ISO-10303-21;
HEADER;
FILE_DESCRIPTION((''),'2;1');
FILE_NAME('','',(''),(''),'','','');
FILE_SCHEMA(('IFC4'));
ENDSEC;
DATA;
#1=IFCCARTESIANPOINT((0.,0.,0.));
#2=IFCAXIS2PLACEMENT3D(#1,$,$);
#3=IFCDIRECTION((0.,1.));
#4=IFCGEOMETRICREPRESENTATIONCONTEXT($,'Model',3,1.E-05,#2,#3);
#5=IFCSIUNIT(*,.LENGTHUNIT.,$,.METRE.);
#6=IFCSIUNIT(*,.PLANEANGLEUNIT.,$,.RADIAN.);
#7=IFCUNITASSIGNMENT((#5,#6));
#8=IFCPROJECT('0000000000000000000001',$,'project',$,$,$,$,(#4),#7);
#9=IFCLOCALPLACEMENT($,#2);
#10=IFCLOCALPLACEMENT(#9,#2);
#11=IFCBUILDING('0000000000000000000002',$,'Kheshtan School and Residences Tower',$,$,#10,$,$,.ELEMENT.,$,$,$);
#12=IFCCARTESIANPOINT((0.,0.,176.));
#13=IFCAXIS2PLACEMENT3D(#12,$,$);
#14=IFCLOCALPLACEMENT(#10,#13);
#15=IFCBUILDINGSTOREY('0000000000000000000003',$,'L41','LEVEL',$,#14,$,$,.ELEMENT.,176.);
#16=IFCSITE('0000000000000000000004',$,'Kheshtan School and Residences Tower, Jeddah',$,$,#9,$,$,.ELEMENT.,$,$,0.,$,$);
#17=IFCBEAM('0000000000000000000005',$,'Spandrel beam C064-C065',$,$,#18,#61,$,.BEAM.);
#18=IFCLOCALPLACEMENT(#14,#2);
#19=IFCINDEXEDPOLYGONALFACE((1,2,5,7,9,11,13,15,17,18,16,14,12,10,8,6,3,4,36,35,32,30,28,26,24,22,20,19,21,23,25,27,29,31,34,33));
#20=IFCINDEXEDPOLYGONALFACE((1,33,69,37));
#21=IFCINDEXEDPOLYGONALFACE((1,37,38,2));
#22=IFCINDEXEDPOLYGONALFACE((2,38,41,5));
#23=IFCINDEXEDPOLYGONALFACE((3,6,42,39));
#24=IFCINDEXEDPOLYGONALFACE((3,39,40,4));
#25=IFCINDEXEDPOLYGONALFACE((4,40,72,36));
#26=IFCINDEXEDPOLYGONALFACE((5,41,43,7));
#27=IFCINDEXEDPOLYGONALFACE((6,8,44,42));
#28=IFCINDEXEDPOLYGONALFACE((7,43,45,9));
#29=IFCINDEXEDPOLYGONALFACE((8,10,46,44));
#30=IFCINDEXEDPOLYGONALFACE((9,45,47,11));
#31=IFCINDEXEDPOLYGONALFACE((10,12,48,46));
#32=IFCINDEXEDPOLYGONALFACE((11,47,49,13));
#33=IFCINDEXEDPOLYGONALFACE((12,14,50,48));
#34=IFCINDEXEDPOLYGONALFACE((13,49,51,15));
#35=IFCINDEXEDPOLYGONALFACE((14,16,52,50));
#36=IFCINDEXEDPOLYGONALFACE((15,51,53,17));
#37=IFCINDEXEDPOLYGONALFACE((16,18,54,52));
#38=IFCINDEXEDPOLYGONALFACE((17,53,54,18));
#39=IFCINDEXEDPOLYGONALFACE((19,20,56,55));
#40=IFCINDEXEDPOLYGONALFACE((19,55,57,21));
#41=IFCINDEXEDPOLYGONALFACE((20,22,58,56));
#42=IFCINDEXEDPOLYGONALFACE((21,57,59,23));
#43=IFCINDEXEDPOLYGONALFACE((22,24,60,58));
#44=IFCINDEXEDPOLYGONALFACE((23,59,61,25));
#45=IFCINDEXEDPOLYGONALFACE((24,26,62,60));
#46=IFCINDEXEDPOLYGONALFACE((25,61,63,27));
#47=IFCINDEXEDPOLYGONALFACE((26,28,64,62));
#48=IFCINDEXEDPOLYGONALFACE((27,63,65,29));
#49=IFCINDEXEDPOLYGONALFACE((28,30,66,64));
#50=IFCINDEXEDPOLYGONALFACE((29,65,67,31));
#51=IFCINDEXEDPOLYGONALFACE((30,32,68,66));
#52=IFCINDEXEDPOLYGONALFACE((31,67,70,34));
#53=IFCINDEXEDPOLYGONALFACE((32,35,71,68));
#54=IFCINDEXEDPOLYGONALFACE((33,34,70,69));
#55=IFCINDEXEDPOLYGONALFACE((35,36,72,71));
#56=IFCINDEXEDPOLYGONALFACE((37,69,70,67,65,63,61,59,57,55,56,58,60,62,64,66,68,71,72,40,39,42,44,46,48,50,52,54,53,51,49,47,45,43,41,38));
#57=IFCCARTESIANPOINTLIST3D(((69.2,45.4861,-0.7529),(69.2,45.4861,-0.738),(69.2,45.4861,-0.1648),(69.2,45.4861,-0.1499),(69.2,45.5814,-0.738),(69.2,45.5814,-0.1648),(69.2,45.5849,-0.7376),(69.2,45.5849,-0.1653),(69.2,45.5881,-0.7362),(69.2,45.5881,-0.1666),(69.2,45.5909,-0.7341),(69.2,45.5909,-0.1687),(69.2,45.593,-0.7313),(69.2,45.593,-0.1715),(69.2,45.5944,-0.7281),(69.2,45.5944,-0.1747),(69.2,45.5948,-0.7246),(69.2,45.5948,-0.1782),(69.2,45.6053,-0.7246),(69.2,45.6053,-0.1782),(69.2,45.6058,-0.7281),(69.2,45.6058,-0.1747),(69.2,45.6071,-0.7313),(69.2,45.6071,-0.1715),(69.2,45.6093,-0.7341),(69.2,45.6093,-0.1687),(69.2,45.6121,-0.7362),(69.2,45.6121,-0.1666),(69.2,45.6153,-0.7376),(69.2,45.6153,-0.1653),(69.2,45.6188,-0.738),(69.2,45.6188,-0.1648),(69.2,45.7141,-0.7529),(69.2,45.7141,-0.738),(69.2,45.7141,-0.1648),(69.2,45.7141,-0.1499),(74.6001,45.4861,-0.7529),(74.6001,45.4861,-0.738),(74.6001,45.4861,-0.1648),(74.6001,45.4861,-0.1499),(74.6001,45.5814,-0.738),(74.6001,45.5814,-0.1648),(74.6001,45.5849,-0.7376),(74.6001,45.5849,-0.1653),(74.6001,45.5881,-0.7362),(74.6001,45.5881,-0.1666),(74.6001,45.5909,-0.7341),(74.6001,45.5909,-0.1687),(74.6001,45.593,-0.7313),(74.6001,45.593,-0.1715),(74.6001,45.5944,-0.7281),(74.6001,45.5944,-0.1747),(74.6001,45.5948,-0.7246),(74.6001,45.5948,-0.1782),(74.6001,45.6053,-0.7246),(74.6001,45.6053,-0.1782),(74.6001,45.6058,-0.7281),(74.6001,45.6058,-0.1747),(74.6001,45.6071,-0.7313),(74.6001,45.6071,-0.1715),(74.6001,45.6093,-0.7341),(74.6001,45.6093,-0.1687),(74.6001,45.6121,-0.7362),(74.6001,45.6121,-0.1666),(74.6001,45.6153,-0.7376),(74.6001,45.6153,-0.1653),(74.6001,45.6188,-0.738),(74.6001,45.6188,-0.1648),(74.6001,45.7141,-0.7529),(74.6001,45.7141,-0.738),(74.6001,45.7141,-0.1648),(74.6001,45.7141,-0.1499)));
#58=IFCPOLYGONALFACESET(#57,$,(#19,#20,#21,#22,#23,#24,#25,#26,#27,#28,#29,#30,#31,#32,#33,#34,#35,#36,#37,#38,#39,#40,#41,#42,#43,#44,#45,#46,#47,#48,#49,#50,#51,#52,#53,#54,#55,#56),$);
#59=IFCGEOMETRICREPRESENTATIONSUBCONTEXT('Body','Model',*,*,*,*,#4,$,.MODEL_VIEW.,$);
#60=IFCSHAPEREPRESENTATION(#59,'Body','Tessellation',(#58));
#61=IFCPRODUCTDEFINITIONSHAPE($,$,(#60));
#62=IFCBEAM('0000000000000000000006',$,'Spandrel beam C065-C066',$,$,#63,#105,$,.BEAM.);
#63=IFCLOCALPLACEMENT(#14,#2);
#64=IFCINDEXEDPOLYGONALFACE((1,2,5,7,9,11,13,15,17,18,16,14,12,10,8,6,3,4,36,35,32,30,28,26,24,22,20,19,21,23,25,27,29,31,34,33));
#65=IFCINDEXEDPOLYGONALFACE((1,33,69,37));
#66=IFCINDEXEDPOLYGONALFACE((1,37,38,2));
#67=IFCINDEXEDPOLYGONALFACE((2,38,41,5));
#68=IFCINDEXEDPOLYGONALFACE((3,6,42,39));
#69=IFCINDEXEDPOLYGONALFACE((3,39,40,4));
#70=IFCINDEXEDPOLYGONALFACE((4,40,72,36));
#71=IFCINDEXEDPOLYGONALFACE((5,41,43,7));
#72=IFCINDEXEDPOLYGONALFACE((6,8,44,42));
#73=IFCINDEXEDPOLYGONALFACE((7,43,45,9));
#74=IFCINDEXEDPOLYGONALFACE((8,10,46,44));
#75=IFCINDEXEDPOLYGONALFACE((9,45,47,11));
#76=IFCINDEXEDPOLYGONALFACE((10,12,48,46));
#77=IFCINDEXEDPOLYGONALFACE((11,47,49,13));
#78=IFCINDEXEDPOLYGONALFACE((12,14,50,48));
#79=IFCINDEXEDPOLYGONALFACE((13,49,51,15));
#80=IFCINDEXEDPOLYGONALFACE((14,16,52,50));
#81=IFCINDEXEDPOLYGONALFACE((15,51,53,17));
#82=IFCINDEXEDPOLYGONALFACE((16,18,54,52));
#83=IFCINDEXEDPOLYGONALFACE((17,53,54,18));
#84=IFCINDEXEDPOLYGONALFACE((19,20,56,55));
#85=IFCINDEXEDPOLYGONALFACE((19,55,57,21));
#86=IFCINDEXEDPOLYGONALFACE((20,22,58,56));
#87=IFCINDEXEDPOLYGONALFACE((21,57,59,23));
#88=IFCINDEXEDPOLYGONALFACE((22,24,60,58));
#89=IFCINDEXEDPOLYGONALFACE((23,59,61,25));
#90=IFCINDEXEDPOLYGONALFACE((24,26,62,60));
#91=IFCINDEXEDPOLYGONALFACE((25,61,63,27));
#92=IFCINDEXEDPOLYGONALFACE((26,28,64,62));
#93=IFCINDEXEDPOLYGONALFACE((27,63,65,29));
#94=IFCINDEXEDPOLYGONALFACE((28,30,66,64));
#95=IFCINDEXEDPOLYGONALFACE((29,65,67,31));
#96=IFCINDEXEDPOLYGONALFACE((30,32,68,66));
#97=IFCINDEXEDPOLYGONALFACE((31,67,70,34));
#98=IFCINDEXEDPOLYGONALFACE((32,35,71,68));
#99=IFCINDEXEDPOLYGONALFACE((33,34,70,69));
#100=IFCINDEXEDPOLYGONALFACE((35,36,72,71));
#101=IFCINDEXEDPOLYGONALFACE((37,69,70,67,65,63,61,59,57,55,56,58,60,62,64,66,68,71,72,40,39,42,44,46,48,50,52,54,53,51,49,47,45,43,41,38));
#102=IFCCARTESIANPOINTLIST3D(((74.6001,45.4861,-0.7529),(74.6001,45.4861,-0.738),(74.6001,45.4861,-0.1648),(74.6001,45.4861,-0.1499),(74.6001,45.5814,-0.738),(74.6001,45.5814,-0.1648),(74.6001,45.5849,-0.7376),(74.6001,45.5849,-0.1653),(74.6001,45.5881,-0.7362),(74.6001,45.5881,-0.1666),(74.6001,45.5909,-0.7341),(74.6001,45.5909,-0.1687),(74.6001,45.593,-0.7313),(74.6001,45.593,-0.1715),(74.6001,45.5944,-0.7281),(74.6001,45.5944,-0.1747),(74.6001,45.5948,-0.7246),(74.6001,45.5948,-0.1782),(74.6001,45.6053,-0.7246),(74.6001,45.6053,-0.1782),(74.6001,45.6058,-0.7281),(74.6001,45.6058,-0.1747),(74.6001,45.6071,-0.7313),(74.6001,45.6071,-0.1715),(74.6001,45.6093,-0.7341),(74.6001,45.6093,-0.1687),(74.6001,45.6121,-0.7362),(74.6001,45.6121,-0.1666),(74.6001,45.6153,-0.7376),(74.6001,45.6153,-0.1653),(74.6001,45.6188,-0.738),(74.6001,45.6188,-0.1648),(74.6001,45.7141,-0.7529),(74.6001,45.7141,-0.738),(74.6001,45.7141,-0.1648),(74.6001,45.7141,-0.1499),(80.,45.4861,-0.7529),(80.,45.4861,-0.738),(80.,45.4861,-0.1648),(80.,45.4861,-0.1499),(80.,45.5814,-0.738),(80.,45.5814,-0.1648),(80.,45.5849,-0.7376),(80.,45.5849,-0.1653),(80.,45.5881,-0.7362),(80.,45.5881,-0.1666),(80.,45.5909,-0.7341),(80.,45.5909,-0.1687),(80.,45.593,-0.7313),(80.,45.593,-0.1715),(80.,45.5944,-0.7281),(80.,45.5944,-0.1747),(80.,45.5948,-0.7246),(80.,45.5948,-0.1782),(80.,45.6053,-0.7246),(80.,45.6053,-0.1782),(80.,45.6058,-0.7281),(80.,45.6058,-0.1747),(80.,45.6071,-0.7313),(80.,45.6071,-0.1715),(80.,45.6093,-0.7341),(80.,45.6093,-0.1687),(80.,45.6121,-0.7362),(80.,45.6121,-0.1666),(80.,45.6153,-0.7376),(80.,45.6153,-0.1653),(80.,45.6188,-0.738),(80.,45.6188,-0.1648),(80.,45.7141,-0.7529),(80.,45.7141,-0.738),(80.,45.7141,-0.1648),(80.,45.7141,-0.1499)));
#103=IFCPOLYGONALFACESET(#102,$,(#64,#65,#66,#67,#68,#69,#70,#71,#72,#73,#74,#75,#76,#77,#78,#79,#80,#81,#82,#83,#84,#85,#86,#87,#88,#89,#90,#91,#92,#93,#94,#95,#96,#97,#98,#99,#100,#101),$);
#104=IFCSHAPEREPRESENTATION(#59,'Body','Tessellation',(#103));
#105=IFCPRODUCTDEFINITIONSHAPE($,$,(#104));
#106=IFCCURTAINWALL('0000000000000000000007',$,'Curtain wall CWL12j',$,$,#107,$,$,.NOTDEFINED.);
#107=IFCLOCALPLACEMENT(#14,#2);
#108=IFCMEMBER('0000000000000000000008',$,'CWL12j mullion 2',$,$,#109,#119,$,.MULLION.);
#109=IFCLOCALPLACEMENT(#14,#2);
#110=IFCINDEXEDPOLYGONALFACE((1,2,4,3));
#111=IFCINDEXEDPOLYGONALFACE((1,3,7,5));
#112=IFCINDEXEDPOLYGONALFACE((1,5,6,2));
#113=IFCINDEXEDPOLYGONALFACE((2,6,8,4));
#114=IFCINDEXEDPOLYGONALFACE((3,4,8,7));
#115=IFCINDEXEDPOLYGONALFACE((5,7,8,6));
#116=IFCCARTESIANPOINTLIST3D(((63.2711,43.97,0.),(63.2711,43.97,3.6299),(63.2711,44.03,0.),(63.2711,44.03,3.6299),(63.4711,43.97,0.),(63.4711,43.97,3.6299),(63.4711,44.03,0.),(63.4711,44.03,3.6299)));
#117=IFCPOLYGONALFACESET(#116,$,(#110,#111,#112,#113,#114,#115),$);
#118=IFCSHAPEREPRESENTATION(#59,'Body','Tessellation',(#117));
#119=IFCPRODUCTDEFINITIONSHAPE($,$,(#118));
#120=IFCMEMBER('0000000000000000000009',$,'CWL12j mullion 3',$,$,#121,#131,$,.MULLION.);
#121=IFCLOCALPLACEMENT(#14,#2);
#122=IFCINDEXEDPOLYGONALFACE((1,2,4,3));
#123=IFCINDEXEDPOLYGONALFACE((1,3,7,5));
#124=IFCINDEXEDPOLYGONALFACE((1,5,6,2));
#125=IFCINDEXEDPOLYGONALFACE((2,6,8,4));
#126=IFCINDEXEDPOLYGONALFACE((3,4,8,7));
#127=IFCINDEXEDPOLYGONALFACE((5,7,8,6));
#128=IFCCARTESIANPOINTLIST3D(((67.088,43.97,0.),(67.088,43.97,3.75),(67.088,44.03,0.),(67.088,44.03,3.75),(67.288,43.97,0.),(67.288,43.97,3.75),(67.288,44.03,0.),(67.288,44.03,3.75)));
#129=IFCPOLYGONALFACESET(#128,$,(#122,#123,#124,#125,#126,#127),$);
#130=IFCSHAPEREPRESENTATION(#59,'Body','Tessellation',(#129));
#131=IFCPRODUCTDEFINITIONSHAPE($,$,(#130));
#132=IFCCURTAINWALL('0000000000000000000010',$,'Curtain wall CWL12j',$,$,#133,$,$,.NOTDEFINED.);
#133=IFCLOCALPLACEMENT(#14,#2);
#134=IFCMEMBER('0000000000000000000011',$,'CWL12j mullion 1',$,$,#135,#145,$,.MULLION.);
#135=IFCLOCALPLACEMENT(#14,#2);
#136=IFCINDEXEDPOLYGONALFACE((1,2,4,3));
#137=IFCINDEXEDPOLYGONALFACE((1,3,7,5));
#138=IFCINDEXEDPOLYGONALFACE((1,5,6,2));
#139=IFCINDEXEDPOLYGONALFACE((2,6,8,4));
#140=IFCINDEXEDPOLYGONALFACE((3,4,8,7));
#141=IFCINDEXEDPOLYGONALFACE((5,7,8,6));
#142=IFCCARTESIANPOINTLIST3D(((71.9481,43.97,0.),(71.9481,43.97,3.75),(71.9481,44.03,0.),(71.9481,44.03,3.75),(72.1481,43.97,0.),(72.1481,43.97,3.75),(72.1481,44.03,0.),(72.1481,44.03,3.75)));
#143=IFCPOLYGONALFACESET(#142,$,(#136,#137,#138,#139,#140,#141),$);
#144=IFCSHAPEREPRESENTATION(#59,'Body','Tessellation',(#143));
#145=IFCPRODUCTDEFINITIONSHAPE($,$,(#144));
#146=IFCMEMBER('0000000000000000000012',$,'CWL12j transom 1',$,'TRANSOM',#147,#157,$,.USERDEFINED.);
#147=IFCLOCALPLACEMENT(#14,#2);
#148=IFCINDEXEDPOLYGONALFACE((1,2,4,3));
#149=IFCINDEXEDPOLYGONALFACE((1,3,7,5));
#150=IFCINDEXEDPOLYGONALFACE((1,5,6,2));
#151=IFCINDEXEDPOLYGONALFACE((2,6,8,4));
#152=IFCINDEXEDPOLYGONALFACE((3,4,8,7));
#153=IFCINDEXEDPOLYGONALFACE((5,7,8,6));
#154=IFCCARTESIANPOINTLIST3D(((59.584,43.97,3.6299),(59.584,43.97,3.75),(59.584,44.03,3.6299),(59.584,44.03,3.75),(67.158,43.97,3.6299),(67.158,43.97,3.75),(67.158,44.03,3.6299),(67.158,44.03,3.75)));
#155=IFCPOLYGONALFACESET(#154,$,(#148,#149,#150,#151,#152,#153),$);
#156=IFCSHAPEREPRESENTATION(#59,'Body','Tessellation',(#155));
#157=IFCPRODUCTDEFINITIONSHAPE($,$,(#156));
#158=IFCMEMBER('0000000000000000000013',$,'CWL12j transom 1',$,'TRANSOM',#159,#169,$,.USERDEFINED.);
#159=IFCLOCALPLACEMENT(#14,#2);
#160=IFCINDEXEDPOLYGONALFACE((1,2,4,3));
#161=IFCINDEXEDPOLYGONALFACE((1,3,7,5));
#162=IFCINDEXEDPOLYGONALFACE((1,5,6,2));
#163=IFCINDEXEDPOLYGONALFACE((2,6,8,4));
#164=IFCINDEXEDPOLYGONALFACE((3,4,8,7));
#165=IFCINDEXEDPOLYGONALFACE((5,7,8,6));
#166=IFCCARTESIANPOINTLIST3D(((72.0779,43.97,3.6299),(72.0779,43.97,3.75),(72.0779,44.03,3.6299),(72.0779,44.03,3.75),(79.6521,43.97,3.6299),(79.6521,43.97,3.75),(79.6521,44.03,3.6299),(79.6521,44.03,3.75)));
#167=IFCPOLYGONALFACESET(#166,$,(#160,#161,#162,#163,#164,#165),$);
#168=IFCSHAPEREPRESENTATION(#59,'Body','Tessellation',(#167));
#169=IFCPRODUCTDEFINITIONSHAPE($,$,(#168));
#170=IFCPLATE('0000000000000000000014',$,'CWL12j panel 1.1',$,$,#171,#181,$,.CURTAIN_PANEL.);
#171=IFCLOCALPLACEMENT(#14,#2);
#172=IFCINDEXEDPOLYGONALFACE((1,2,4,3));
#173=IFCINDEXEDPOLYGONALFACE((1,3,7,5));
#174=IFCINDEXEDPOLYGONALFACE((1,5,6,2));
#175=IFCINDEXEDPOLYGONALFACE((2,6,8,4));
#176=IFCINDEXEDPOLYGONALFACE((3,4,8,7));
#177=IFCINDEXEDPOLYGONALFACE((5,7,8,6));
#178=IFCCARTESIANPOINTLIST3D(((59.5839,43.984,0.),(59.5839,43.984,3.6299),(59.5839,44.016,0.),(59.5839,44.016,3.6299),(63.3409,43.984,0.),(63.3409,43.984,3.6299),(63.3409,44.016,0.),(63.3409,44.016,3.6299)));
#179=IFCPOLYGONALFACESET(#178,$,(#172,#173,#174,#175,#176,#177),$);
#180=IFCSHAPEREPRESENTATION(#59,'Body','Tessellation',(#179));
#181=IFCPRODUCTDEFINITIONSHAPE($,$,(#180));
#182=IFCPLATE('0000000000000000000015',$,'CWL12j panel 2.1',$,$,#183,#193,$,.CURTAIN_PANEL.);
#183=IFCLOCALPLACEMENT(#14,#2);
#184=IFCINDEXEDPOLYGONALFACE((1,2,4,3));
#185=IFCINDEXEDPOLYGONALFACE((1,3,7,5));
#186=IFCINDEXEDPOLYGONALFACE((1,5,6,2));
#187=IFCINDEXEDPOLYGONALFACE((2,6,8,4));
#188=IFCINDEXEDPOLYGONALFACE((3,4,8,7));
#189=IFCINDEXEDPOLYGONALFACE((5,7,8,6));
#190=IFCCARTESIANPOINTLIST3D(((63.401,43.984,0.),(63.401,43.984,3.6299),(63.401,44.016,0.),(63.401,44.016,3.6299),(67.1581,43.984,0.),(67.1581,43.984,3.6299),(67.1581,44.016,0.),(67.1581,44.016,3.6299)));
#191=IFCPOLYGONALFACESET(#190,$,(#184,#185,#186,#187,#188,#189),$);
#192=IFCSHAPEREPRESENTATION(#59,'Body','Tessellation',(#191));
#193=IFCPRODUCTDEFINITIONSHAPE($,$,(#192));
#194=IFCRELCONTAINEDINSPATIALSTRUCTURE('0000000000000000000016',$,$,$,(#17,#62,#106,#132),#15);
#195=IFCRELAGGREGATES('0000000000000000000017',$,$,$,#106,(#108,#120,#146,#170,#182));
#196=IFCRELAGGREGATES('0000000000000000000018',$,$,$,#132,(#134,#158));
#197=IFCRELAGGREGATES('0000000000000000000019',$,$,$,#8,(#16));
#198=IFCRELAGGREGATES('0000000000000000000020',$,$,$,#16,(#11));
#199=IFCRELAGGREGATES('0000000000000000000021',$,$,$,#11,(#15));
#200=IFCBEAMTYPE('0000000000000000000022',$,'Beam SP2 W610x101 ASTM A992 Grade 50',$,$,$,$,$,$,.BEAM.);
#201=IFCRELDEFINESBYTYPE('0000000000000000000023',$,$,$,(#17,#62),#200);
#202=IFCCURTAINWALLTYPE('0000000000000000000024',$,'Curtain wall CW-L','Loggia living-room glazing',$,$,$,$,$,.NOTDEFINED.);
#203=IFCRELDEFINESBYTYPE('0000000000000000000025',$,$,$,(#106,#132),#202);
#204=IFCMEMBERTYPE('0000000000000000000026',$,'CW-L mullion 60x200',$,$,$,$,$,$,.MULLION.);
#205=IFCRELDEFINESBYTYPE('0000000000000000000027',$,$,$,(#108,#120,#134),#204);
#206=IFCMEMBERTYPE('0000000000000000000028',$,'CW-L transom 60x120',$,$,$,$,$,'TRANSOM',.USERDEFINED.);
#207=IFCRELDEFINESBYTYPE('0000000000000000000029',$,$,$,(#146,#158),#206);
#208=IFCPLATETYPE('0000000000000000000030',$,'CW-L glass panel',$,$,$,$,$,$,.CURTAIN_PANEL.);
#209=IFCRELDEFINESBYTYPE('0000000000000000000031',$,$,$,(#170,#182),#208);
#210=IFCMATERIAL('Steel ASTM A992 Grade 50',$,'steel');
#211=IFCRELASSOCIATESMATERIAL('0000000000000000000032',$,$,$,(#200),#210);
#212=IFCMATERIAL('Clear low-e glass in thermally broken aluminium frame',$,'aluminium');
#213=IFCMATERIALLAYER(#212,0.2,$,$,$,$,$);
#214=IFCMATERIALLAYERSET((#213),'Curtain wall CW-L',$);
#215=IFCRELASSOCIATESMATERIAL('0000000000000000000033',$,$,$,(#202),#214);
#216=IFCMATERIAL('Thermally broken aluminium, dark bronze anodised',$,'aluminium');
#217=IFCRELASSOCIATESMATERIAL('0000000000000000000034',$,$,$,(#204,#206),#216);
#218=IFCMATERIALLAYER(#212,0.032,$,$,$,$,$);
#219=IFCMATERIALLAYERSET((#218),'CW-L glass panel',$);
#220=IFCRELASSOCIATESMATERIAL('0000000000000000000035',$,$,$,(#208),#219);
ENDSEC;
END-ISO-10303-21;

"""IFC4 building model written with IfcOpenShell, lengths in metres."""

from ifc_helpers import new_model, si_unit, direction, frame, origin, origin_2d, place, context, subcontext, project, spatial, rectangle, i_section, extrude, material, layer, layer_set, material_profile, profile_set, type_object, element, aggregate, save


model = new_model("IFC4")

# Units and contexts
model_context = context("Model", 3, precision=1e-05, world=origin(), true_north=direction((0.0, 1.0)))
body_context = subcontext(model_context, "Body", "Model", "MODEL_VIEW")
ifc_project = project(units=[si_unit("LENGTHUNIT", "METRE"), si_unit("PLANEANGLEUNIT", "RADIAN")], contexts=[model_context])

# Site, building, storey
site_placement = place(None, origin())
site = spatial("IfcSite", under=ifc_project, at=site_placement, Name="Kheshtan School and Residences Tower, Jeddah", CompositionType="ELEMENT", RefElevation=0.0)
building_placement = place(site_placement, origin())
building = spatial("IfcBuilding", under=site, at=building_placement, Name="Kheshtan School and Residences Tower", CompositionType="ELEMENT")
storey_placement = place(building_placement, frame((0.0, 0.0, 176.0)))
storey = spatial("IfcBuildingStorey", under=building, at=storey_placement, Name="L41", Description="LEVEL", CompositionType="ELEMENT", Elevation=176.0)

# Shared definitions
ifc_material_1 = material(Name="Steel ASTM A992 Grade 50", Category="steel")

# Beams
ifc_material_profile_1 = material_profile(ifc_material_1, i_section(OverallWidth=0.228, OverallDepth=0.603, WebThickness=0.0105, FlangeThickness=0.0149, FilletRadius=0.0134, at=origin_2d()), Name="W610x101")
ifc_profile_set_1 = profile_set([ifc_material_profile_1], Name="Steel ASTM A992 Grade 50")
beam_type_1 = type_object("IfcBeamType", Name="Beam SP2 W610x101 ASTM A992 Grade 50", PredefinedType="BEAM", material=ifc_profile_set_1)
beam_1_placement = place(storey_placement, frame((69.2, 45.6001, -0.4514), z_axis=(1.0, 0.0, 0.0), x_axis=(0.0, 1.0, 0.0)))
element("IfcBeam", 1, at=beam_1_placement, inside=storey, type_object=beam_type_1, Name="Spandrel beam C064-C065", PredefinedType="BEAM", context=body_context, shape_type="SweptSolid", body=[
    extrude(i_section(OverallWidth=0.228, OverallDepth=0.603, WebThickness=0.0105, FlangeThickness=0.0149, FilletRadius=0.0134, at=origin_2d()), origin(), (0.0, 0.0, 1.0), 5.4001),
])
beam_2_placement = place(storey_placement, frame((74.6001, 45.6001, -0.4514), z_axis=(1.0, 0.0, 0.0), x_axis=(0.0, 1.0, 0.0)))
element("IfcBeam", 2, at=beam_2_placement, inside=storey, type_object=beam_type_1, Name="Spandrel beam C065-C066", PredefinedType="BEAM", context=body_context, shape_type="SweptSolid", body=[
    extrude(i_section(OverallWidth=0.228, OverallDepth=0.603, WebThickness=0.0105, FlangeThickness=0.0149, FilletRadius=0.0134, at=origin_2d()), origin(), (0.0, 0.0, 1.0), 5.3999),
])

# Curtain wall, members
ifc_material_2 = material(Name="Clear low-e glass in thermally broken aluminium frame", Category="aluminium")
ifc_layer_1 = layer(ifc_material_2, 0.2)
ifc_layer_set_1 = layer_set([ifc_layer_1], Name="Curtain wall CW-L")
curtain_wall_type = type_object("IfcCurtainWallType", Name="Curtain wall CW-L", Description="Loggia living-room glazing", PredefinedType="NOTDEFINED", material=ifc_layer_set_1)
curtain_wall_1_placement = place(storey_placement, origin())
curtain_wall_1 = element("IfcCurtainWall", 3, at=curtain_wall_1_placement, inside=storey, type_object=curtain_wall_type, Name="Curtain wall CWL12j", PredefinedType="NOTDEFINED")
ifc_material_3 = material(Name="Thermally broken aluminium, dark bronze anodised", Category="aluminium")
ifc_material_profile_2 = material_profile(ifc_material_3, rectangle(XDim=0.0601, YDim=0.2, at=origin_2d()), Name="CW-L mullion 60x200")
ifc_profile_set_2 = profile_set([ifc_material_profile_2], Name="Thermally broken aluminium, dark bronze anodised")
member_type_1 = type_object("IfcMemberType", Name="CW-L mullion 60x200", PredefinedType="MULLION", material=ifc_profile_set_2)
member_1_placement = place(storey_placement, frame((63.3711, 44.0, 0.0), z_axis=(0.0, 0.0, 1.0), x_axis=(0.0, 1.0, 0.0)))
member_1 = element("IfcMember", 4, at=member_1_placement, type_object=member_type_1, Name="CWL12j mullion 2", PredefinedType="MULLION", context=body_context, shape_type="SweptSolid", body=[
    extrude(rectangle(XDim=0.0601, YDim=0.2, at=origin_2d()), origin(), (0.0, 0.0, 1.0), 3.6299),
])
member_2_placement = place(storey_placement, frame((67.188, 44.0, 0.0), z_axis=(0.0, 0.0, 1.0), x_axis=(0.0, 1.0, 0.0)))
member_2 = element("IfcMember", 5, at=member_2_placement, type_object=member_type_1, Name="CWL12j mullion 3", PredefinedType="MULLION", context=body_context, shape_type="SweptSolid", body=[
    extrude(rectangle(XDim=0.0601, YDim=0.2, at=origin_2d()), origin(), (0.0, 0.0, 1.0), 3.75),
])

# Curtain wall, member
curtain_wall_2_placement = place(storey_placement, origin())
curtain_wall_2 = element("IfcCurtainWall", 6, at=curtain_wall_2_placement, inside=storey, type_object=curtain_wall_type, Name="Curtain wall CWL12j", PredefinedType="NOTDEFINED")
member_3_placement = place(storey_placement, frame((72.0481, 44.0, 0.0), z_axis=(0.0, 0.0, 1.0), x_axis=(0.0, 1.0, 0.0)))
member_3 = element("IfcMember", 7, at=member_3_placement, type_object=member_type_1, Name="CWL12j mullion 1", PredefinedType="MULLION", context=body_context, shape_type="SweptSolid", body=[
    extrude(rectangle(XDim=0.0601, YDim=0.2, at=origin_2d()), origin(), (0.0, 0.0, 1.0), 3.75),
])

# Members
ifc_material_profile_3 = material_profile(ifc_material_3, rectangle(XDim=0.0601, YDim=0.1201, at=origin_2d()), Name="CW-L transom 60x120")
ifc_profile_set_3 = profile_set([ifc_material_profile_3], Name="Thermally broken aluminium, dark bronze anodised")
member_type_2 = type_object("IfcMemberType", Name="CW-L transom 60x120", ElementType="TRANSOM", PredefinedType="USERDEFINED", material=ifc_profile_set_3)
member_4_placement = place(storey_placement, frame((59.584, 44.0, 3.6899), z_axis=(1.0, 0.0, 0.0), x_axis=(0.0, 1.0, 0.0)))
member_4 = element("IfcMember", 8, at=member_4_placement, type_object=member_type_2, Name="CWL12j transom 1", ObjectType="TRANSOM", PredefinedType="USERDEFINED", context=body_context, shape_type="SweptSolid", body=[
    extrude(rectangle(XDim=0.0601, YDim=0.1201, at=origin_2d()), origin(), (0.0, 0.0, 1.0), 7.574),
])
member_5_placement = place(storey_placement, frame((72.0779, 44.0, 3.6899), z_axis=(1.0, 0.0, 0.0), x_axis=(0.0, 1.0, 0.0)))
member_5 = element("IfcMember", 9, at=member_5_placement, type_object=member_type_2, Name="CWL12j transom 1", ObjectType="TRANSOM", PredefinedType="USERDEFINED", context=body_context, shape_type="SweptSolid", body=[
    extrude(rectangle(XDim=0.0601, YDim=0.1201, at=origin_2d()), origin(), (0.0, 0.0, 1.0), 7.5742),
])

# Plates
ifc_layer_2 = layer(ifc_material_2, 0.032)
ifc_layer_set_2 = layer_set([ifc_layer_2], Name="CW-L glass panel")
plate_type = type_object("IfcPlateType", Name="CW-L glass panel", PredefinedType="CURTAIN_PANEL", material=ifc_layer_set_2)
plate_1_placement = place(storey_placement, frame((61.4624, 44.0, 0.0), z_axis=(0.0, 0.0, 1.0), x_axis=(1.0, 0.0, 0.0)))
plate_1 = element("IfcPlate", 10, at=plate_1_placement, type_object=plate_type, Name="CWL12j panel 1.1", PredefinedType="CURTAIN_PANEL", context=body_context, shape_type="SweptSolid", body=[
    extrude(rectangle(XDim=3.7571, YDim=0.032, at=origin_2d()), origin(), (0.0, 0.0, 1.0), 3.6299),
])
plate_2_placement = place(storey_placement, frame((65.2795, 44.0, 0.0), z_axis=(0.0, 0.0, 1.0), x_axis=(1.0, 0.0, 0.0)))
plate_2 = element("IfcPlate", 11, at=plate_2_placement, type_object=plate_type, Name="CWL12j panel 2.1", PredefinedType="CURTAIN_PANEL", context=body_context, shape_type="SweptSolid", body=[
    extrude(rectangle(XDim=3.7571, YDim=0.032, at=origin_2d()), origin(), (0.0, 0.0, 1.0), 3.6299),
])
aggregate(curtain_wall_1, [member_1, member_2, member_4, plate_1, plate_2])
aggregate(curtain_wall_2, [member_3, member_5])

save(model, "model.ifc")
